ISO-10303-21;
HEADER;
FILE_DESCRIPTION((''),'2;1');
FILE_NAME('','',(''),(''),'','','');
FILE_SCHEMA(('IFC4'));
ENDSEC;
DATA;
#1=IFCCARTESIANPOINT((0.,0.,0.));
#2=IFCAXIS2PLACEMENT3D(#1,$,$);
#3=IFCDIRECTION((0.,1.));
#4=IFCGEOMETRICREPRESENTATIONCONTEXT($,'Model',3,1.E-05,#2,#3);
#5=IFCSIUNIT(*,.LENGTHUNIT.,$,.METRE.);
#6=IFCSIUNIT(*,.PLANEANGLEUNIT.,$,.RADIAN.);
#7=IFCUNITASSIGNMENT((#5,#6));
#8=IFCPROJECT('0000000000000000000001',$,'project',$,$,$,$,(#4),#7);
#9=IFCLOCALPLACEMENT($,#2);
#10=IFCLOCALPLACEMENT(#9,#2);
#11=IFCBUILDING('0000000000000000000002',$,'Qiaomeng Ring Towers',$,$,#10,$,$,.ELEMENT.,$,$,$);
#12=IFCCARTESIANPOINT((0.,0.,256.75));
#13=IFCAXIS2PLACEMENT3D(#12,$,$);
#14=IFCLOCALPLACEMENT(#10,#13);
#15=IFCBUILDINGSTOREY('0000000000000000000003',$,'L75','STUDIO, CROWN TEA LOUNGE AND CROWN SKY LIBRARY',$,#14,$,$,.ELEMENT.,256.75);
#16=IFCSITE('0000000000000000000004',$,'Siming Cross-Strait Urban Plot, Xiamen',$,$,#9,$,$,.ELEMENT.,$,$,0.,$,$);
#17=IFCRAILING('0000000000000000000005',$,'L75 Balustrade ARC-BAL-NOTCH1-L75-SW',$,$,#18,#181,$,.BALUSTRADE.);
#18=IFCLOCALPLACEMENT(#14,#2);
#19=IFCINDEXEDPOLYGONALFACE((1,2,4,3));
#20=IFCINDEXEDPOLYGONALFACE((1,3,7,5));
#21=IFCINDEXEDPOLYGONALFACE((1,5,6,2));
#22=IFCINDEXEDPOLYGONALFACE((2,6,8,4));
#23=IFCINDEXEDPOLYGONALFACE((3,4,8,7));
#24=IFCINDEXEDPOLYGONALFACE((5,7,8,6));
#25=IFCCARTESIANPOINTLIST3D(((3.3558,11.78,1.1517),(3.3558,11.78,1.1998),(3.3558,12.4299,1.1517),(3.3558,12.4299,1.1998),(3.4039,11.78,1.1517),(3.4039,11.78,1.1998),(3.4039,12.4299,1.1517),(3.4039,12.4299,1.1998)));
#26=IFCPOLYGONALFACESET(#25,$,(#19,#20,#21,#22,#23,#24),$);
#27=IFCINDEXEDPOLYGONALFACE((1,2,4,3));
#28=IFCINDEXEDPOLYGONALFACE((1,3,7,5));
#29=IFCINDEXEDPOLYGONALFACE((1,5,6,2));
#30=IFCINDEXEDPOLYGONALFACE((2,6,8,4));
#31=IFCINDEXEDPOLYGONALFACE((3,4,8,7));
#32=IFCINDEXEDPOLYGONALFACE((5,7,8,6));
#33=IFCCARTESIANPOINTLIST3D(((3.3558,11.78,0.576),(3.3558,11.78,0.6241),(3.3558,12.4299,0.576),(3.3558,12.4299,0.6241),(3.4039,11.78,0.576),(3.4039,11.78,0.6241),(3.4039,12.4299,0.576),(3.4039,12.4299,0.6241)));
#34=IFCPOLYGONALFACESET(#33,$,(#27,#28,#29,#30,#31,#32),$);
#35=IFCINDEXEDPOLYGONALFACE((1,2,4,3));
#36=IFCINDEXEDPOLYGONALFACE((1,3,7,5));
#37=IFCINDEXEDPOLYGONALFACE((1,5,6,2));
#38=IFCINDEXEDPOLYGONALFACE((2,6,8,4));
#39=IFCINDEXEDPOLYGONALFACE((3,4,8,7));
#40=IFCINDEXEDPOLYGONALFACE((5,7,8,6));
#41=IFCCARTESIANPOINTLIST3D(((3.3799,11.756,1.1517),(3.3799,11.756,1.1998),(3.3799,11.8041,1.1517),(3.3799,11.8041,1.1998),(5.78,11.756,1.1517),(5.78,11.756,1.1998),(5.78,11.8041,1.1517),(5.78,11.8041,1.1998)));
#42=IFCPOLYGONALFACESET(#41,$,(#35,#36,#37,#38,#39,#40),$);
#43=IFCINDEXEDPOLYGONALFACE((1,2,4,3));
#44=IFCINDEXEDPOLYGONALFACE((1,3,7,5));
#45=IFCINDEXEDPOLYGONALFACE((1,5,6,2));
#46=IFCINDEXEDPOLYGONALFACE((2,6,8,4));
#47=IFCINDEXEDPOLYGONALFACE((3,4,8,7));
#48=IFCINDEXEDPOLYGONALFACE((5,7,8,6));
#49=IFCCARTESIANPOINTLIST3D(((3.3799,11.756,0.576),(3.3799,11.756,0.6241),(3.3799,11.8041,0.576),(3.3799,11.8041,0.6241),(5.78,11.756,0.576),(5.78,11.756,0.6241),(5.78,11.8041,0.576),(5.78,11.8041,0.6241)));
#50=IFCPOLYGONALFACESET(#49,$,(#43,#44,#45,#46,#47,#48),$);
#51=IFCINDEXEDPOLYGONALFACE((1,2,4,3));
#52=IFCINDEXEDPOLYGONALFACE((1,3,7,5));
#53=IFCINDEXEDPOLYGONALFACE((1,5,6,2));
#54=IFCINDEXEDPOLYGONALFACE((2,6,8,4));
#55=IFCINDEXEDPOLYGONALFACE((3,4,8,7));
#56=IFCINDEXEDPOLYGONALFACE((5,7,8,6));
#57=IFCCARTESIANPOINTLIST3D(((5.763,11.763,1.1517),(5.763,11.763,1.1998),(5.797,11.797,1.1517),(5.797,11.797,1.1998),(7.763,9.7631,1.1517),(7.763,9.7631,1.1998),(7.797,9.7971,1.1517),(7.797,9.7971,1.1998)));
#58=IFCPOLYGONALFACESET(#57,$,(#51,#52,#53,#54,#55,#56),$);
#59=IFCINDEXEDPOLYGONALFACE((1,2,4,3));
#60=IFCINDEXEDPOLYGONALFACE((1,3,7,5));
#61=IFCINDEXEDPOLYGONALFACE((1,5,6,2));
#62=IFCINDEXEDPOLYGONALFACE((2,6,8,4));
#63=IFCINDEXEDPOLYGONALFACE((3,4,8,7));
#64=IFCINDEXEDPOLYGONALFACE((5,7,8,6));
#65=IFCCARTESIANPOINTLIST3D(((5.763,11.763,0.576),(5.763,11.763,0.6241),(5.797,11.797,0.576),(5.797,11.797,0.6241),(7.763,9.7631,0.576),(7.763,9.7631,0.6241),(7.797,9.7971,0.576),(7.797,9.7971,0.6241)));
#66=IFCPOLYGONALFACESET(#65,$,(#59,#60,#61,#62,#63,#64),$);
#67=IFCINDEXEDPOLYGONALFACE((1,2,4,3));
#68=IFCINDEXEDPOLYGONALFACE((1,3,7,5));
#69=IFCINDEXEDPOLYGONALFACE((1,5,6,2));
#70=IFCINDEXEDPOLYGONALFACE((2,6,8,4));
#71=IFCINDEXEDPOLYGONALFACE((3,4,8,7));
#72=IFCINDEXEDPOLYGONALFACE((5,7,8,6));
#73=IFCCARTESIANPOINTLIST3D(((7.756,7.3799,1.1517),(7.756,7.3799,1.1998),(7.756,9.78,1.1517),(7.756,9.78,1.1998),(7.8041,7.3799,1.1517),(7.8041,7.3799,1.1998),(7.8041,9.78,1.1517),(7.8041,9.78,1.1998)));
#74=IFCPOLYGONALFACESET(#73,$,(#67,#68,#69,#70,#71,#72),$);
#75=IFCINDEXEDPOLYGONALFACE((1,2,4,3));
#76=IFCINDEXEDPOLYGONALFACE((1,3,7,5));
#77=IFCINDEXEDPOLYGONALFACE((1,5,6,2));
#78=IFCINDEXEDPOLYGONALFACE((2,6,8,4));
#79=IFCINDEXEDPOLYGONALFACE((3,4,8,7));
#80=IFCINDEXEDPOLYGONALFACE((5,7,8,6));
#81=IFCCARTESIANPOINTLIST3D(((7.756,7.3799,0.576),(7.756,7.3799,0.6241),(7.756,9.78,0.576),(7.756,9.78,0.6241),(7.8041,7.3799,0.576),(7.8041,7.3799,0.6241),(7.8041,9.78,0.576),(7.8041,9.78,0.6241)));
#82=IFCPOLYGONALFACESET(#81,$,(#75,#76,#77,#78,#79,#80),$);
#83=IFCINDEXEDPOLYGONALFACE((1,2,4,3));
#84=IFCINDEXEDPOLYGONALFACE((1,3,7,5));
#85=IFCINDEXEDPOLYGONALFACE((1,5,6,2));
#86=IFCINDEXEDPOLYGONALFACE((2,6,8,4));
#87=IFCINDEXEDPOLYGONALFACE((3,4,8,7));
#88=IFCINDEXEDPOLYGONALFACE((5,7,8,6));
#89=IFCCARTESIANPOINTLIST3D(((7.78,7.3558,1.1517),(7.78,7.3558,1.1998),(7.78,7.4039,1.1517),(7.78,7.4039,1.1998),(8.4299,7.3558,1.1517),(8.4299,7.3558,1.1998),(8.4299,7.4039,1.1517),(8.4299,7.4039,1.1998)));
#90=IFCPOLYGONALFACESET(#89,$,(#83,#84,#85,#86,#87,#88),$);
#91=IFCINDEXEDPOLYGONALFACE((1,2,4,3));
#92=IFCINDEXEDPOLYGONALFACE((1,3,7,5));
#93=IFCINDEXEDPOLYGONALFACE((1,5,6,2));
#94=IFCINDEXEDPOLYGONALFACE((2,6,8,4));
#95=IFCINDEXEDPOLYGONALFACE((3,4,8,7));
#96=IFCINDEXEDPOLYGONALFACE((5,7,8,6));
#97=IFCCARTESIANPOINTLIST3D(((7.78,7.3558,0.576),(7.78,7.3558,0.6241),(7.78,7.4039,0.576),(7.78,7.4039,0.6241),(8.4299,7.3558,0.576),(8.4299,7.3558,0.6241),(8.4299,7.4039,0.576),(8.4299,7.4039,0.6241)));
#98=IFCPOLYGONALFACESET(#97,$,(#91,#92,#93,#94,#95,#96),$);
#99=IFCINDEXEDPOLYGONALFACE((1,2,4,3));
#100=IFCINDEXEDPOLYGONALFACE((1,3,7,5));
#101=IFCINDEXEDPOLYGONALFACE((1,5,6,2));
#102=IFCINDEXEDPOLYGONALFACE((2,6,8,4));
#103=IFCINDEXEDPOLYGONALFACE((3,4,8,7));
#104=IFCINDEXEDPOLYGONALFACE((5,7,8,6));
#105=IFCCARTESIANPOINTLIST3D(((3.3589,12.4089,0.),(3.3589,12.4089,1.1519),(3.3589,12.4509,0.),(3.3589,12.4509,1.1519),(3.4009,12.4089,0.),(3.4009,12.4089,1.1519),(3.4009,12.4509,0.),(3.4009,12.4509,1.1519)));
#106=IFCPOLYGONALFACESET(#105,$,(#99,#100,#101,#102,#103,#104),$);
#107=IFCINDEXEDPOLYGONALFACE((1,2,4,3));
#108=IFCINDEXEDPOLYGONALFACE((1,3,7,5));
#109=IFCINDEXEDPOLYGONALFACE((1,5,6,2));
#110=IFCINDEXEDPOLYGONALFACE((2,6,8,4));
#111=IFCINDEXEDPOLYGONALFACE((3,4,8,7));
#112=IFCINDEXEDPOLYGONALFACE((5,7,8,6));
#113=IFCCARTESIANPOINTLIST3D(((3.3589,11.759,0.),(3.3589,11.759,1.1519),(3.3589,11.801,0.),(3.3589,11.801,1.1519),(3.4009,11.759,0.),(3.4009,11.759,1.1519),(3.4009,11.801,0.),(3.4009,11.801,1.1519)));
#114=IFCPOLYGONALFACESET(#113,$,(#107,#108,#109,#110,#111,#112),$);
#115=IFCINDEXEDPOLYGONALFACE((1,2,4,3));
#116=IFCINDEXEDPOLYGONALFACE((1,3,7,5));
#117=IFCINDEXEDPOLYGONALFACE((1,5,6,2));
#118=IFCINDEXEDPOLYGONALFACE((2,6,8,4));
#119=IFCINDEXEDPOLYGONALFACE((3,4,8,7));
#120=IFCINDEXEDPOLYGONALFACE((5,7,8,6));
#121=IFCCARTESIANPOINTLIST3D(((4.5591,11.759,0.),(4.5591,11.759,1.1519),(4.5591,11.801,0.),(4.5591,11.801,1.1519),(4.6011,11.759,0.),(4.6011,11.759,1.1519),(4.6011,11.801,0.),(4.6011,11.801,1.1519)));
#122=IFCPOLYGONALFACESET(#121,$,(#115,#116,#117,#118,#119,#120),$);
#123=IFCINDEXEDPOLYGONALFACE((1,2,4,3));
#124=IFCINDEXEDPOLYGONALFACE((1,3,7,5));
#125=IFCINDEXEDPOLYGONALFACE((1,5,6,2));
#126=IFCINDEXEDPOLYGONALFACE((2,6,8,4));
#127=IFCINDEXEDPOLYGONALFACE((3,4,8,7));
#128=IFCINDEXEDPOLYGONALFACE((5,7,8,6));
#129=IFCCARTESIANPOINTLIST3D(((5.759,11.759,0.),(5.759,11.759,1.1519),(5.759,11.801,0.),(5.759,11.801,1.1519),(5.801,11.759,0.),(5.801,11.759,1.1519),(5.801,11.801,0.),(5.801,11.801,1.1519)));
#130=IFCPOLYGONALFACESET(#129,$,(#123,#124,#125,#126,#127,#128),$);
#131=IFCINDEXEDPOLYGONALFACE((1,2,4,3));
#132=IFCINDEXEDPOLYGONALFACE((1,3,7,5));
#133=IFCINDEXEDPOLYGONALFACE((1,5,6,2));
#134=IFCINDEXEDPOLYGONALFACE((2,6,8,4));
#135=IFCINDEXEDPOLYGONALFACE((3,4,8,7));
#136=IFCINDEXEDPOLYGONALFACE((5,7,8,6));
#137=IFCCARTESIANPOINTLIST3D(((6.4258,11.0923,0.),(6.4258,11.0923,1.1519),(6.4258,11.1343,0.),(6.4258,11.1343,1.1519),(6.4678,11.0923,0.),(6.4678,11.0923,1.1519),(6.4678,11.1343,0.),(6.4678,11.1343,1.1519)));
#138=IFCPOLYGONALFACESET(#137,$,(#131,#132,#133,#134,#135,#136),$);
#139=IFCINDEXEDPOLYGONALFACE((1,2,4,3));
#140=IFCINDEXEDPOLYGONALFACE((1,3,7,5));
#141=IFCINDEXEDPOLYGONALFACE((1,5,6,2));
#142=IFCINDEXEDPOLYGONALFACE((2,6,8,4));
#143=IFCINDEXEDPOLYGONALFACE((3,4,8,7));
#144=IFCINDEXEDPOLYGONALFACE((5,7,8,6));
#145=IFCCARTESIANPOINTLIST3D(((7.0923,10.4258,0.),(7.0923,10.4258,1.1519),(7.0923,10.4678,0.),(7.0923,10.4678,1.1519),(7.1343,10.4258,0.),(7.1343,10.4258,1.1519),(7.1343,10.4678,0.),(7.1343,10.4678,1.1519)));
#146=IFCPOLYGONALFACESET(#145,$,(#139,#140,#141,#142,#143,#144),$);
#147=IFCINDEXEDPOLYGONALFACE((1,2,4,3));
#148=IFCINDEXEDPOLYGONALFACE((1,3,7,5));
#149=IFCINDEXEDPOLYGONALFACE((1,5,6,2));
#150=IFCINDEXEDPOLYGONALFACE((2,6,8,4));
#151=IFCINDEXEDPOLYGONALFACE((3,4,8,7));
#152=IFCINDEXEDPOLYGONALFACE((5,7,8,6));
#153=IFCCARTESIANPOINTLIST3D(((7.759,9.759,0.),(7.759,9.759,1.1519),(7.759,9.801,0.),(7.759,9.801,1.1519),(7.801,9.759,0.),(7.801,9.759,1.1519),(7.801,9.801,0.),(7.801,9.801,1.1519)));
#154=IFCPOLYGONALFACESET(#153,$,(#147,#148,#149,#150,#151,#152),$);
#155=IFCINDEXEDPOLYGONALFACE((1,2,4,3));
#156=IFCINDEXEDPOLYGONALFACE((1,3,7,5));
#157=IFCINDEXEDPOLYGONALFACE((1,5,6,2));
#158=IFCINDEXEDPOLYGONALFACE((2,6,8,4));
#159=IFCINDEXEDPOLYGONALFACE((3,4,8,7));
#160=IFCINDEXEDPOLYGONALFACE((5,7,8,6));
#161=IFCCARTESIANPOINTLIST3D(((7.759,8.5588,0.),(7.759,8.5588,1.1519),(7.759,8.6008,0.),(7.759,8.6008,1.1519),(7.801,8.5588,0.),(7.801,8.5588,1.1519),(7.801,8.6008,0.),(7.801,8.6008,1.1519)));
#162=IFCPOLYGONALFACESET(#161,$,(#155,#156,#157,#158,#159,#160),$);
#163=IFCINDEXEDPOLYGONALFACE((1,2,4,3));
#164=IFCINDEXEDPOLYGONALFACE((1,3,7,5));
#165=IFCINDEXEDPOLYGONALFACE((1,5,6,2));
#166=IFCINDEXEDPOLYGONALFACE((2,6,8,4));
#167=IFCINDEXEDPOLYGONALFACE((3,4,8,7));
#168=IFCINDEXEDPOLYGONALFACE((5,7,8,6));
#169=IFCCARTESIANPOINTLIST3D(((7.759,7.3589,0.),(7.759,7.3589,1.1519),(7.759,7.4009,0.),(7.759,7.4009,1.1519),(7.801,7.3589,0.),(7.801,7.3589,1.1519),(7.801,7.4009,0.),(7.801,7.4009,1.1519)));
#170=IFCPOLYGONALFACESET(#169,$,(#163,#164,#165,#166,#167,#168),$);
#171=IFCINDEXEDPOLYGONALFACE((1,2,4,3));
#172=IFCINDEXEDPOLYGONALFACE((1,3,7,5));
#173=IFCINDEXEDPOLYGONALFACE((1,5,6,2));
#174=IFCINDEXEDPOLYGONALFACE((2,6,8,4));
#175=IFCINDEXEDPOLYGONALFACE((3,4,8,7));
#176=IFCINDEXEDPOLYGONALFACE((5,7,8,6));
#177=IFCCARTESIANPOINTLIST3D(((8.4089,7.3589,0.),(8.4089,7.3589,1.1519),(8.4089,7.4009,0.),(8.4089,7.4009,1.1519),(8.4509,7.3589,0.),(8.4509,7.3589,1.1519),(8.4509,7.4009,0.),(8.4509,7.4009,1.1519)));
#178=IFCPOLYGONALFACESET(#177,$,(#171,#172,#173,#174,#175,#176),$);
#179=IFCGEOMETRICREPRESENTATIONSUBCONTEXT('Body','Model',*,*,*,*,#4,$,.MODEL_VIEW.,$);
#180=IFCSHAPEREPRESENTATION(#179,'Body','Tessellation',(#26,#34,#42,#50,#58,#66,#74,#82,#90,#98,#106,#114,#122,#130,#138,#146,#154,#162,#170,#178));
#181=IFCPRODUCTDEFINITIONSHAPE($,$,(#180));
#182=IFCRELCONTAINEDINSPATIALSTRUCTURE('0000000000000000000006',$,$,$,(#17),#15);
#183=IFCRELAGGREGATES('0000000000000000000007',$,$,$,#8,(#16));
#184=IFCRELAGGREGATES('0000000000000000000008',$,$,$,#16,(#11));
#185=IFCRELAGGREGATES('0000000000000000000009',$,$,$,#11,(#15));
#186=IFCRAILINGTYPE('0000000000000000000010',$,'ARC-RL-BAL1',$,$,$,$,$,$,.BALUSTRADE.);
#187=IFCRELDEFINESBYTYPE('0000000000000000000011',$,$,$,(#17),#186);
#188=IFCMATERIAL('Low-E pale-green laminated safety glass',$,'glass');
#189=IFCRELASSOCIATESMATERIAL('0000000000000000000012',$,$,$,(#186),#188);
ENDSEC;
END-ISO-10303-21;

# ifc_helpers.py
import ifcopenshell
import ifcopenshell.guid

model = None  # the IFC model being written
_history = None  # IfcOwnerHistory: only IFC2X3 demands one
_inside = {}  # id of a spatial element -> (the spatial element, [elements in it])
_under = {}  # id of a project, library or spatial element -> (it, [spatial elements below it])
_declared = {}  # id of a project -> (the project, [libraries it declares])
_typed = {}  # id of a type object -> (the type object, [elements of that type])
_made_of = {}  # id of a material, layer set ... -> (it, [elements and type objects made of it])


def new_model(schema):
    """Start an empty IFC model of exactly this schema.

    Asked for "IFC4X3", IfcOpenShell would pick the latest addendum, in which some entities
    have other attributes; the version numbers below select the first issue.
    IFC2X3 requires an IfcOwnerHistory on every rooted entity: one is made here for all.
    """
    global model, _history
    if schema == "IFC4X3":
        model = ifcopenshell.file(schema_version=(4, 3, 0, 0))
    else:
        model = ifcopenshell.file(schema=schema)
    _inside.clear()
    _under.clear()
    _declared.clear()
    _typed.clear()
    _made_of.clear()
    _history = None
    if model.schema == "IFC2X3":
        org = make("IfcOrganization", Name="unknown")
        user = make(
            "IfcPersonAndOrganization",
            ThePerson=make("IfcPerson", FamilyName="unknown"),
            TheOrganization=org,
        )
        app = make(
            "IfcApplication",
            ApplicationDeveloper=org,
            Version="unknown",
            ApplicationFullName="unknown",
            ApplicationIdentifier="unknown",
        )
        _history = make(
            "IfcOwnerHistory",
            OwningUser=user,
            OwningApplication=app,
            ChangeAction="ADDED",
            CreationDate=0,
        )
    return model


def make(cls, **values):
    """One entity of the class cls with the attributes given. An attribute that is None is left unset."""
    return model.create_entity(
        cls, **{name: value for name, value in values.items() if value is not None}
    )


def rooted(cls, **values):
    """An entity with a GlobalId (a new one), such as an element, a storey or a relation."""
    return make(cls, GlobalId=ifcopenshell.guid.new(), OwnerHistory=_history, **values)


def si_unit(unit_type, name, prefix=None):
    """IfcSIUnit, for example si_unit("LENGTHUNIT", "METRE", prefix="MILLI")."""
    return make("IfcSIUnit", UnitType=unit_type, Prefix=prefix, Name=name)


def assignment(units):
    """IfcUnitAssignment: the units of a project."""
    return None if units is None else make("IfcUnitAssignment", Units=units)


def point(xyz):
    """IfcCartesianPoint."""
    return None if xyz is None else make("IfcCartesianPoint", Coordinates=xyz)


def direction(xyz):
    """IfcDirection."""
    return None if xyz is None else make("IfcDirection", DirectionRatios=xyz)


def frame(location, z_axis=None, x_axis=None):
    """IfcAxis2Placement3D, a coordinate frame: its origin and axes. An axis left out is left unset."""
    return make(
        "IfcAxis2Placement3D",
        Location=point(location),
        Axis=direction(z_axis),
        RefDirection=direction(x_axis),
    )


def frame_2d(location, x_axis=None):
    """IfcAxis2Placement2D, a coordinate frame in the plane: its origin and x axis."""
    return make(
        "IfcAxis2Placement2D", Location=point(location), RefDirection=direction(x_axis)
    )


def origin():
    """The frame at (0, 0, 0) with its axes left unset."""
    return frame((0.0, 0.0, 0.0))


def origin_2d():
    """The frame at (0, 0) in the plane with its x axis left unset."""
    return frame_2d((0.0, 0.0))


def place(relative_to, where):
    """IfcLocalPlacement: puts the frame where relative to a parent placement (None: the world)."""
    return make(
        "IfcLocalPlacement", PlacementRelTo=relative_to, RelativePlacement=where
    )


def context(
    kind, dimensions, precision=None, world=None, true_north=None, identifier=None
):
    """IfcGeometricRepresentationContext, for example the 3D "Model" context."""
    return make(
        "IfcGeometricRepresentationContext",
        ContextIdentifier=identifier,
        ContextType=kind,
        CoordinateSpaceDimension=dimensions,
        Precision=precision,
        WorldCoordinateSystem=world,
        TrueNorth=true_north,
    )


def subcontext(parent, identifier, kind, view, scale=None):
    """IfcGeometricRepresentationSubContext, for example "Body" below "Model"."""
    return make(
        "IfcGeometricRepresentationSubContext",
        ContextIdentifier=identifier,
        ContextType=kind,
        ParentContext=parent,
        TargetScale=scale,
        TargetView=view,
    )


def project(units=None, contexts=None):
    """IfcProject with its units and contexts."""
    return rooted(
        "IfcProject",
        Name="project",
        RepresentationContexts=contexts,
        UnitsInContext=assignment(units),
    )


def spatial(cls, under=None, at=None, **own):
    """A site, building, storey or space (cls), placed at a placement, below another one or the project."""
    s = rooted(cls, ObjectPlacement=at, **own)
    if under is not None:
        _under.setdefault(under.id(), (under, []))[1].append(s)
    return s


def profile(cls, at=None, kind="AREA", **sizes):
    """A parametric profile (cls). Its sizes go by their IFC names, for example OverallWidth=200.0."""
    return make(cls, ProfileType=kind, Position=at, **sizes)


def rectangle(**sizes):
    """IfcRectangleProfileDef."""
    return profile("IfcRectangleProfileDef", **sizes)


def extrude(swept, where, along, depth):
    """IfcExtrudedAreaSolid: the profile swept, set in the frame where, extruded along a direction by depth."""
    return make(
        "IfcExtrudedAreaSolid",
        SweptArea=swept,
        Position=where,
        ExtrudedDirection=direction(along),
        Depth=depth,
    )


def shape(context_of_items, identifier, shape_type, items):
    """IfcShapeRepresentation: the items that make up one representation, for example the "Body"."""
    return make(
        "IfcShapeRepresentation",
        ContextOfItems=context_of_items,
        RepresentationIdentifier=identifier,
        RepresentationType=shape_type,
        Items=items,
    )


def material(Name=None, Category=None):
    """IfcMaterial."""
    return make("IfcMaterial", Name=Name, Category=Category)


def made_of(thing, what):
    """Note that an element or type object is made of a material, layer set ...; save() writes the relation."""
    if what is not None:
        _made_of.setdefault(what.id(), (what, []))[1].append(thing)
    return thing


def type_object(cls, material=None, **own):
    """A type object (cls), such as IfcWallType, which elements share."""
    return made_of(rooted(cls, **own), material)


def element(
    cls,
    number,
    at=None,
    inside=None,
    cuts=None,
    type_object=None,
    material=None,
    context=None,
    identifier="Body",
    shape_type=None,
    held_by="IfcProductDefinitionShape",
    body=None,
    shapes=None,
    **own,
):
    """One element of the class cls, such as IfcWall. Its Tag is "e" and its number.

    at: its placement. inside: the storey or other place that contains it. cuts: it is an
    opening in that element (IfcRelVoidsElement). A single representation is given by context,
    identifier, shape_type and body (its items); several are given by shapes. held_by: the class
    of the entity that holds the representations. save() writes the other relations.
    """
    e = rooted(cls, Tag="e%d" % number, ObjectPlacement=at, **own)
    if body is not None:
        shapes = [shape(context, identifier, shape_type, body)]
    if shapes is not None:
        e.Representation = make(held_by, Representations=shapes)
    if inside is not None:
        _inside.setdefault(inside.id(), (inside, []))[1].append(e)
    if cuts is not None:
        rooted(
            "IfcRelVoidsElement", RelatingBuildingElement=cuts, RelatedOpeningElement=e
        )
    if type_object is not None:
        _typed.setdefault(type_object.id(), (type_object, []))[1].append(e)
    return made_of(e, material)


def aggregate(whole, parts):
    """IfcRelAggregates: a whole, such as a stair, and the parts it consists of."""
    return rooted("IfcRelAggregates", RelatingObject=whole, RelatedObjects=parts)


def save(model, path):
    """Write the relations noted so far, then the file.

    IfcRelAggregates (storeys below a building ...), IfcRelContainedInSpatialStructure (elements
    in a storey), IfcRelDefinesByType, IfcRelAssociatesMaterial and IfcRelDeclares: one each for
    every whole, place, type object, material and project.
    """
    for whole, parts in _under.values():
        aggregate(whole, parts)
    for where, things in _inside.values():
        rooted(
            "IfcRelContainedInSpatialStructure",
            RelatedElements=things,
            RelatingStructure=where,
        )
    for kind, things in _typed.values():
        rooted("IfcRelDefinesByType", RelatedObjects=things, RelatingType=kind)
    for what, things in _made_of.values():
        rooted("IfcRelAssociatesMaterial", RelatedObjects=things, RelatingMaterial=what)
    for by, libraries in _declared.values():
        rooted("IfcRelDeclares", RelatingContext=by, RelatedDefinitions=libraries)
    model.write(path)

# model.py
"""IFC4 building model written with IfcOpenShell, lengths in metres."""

from ifc_helpers import new_model, si_unit, direction, frame, origin, origin_2d, place, context, subcontext, project, spatial, rectangle, extrude, material, type_object, element, save


model = new_model("IFC4")

# Units and contexts
model_context = context("Model", 3, precision=1e-05, world=origin(), true_north=direction((0.0, 1.0)))
body_context = subcontext(model_context, "Body", "Model", "MODEL_VIEW")
ifc_project = project(units=[si_unit("LENGTHUNIT", "METRE"), si_unit("PLANEANGLEUNIT", "RADIAN")], contexts=[model_context])

# Site, building, storey
site_placement = place(None, origin())
site = spatial("IfcSite", under=ifc_project, at=site_placement, Name="Siming Cross-Strait Urban Plot, Xiamen", CompositionType="ELEMENT", RefElevation=0.0)
building_placement = place(site_placement, origin())
building = spatial("IfcBuilding", under=site, at=building_placement, Name="Qiaomeng Ring Towers", CompositionType="ELEMENT")
storey_placement = place(building_placement, frame((0.0, 0.0, 256.75)))
storey = spatial("IfcBuildingStorey", under=building, at=storey_placement, Name="L75", Description="STUDIO, CROWN TEA LOUNGE AND CROWN SKY LIBRARY", CompositionType="ELEMENT", Elevation=256.75)

# Railing
ifc_material_1 = material(Name="Low-E pale-green laminated safety glass", Category="glass")
railing_type = type_object("IfcRailingType", Name="ARC-RL-BAL1", PredefinedType="BALUSTRADE", material=ifc_material_1)
railing_1_placement = place(storey_placement, frame((3.3799, 12.4299, 0.0)))
element("IfcRailing", 1, at=railing_1_placement, inside=storey, type_object=railing_type, Name="L75 Balustrade ARC-BAL-NOTCH1-L75-SW", PredefinedType="BALUSTRADE", context=body_context, shape_type="SweptSolid", body=[
    extrude(rectangle(XDim=0.0481, YDim=0.0481, at=origin_2d()), frame((0.0, 0.0, 1.1758), z_axis=(0.0, -1.0, 0.0), x_axis=(1.0, 0.0, 0.0)), (0.0, 0.0, 1.0), 0.6499),
    extrude(rectangle(XDim=0.0481, YDim=0.0481, at=origin_2d()), frame((0.0, 0.0, 0.6001), z_axis=(0.0, -1.0, 0.0), x_axis=(1.0, 0.0, 0.0)), (0.0, 0.0, 1.0), 0.6499),
    extrude(rectangle(XDim=0.0481, YDim=0.0481, at=origin_2d()), frame((0.0, -0.6499, 1.1758), z_axis=(1.0, 0.0, 0.0), x_axis=(0.0, 1.0, 0.0)), (0.0, 0.0, 1.0), 2.4001),
    extrude(rectangle(XDim=0.0481, YDim=0.0481, at=origin_2d()), frame((0.0, -0.6499, 0.6001), z_axis=(1.0, 0.0, 0.0), x_axis=(0.0, 1.0, 0.0)), (0.0, 0.0, 1.0), 2.4001),
    extrude(rectangle(XDim=0.0481, YDim=0.0481, at=origin_2d()), frame((2.4001, -0.6499, 1.1758), z_axis=(0.707107, -0.707107, 0.0), x_axis=(0.707107, 0.707107, 0.0)), (0.0, 0.0, 1.0), 2.8284),
    extrude(rectangle(XDim=0.0481, YDim=0.0481, at=origin_2d()), frame((2.4001, -0.6499, 0.6001), z_axis=(0.707107, -0.707107, 0.0), x_axis=(0.707107, 0.707107, 0.0)), (0.0, 0.0, 1.0), 2.8284),
    extrude(rectangle(XDim=0.0481, YDim=0.0481, at=origin_2d()), frame((4.4001, -2.6499, 1.1758), z_axis=(0.0, -1.0, 0.0), x_axis=(1.0, 0.0, 0.0)), (0.0, 0.0, 1.0), 2.4001),
    extrude(rectangle(XDim=0.0481, YDim=0.0481, at=origin_2d()), frame((4.4001, -2.6499, 0.6001), z_axis=(0.0, -1.0, 0.0), x_axis=(1.0, 0.0, 0.0)), (0.0, 0.0, 1.0), 2.4001),
    extrude(rectangle(XDim=0.0481, YDim=0.0481, at=origin_2d()), frame((4.4001, -5.05, 1.1758), z_axis=(1.0, 0.0, 0.0), x_axis=(0.0, 1.0, 0.0)), (0.0, 0.0, 1.0), 0.6499),
    extrude(rectangle(XDim=0.0481, YDim=0.0481, at=origin_2d()), frame((4.4001, -5.05, 0.6001), z_axis=(1.0, 0.0, 0.0), x_axis=(0.0, 1.0, 0.0)), (0.0, 0.0, 1.0), 0.6499),
    extrude(rectangle(XDim=0.042, YDim=0.042, at=origin_2d()), origin(), (0.0, 0.0, 1.0), 1.1519),
    extrude(rectangle(XDim=0.042, YDim=0.042, at=origin_2d()), frame((0.0, -0.6499, 0.0)), (0.0, 0.0, 1.0), 1.1519),
    extrude(rectangle(XDim=0.042, YDim=0.042, at=origin_2d()), frame((1.2002, -0.6499, 0.0)), (0.0, 0.0, 1.0), 1.1519),
    extrude(rectangle(XDim=0.042, YDim=0.042, at=origin_2d()), frame((2.4001, -0.6499, 0.0)), (0.0, 0.0, 1.0), 1.1519),
    extrude(rectangle(XDim=0.042, YDim=0.042, at=origin_2d()), frame((3.0669, -1.3167, 0.0)), (0.0, 0.0, 1.0), 1.1519),
    extrude(rectangle(XDim=0.042, YDim=0.042, at=origin_2d()), frame((3.7334, -1.9832, 0.0)), (0.0, 0.0, 1.0), 1.1519),
    extrude(rectangle(XDim=0.042, YDim=0.042, at=origin_2d()), frame((4.4001, -2.6499, 0.0)), (0.0, 0.0, 1.0), 1.1519),
    extrude(rectangle(XDim=0.042, YDim=0.042, at=origin_2d()), frame((4.4001, -3.8501, 0.0)), (0.0, 0.0, 1.0), 1.1519),
    extrude(rectangle(XDim=0.042, YDim=0.042, at=origin_2d()), frame((4.4001, -5.05, 0.0)), (0.0, 0.0, 1.0), 1.1519),
    extrude(rectangle(XDim=0.042, YDim=0.042, at=origin_2d()), frame((5.05, -5.05, 0.0)), (0.0, 0.0, 1.0), 1.1519),
])

save(model, "model.ifc")
